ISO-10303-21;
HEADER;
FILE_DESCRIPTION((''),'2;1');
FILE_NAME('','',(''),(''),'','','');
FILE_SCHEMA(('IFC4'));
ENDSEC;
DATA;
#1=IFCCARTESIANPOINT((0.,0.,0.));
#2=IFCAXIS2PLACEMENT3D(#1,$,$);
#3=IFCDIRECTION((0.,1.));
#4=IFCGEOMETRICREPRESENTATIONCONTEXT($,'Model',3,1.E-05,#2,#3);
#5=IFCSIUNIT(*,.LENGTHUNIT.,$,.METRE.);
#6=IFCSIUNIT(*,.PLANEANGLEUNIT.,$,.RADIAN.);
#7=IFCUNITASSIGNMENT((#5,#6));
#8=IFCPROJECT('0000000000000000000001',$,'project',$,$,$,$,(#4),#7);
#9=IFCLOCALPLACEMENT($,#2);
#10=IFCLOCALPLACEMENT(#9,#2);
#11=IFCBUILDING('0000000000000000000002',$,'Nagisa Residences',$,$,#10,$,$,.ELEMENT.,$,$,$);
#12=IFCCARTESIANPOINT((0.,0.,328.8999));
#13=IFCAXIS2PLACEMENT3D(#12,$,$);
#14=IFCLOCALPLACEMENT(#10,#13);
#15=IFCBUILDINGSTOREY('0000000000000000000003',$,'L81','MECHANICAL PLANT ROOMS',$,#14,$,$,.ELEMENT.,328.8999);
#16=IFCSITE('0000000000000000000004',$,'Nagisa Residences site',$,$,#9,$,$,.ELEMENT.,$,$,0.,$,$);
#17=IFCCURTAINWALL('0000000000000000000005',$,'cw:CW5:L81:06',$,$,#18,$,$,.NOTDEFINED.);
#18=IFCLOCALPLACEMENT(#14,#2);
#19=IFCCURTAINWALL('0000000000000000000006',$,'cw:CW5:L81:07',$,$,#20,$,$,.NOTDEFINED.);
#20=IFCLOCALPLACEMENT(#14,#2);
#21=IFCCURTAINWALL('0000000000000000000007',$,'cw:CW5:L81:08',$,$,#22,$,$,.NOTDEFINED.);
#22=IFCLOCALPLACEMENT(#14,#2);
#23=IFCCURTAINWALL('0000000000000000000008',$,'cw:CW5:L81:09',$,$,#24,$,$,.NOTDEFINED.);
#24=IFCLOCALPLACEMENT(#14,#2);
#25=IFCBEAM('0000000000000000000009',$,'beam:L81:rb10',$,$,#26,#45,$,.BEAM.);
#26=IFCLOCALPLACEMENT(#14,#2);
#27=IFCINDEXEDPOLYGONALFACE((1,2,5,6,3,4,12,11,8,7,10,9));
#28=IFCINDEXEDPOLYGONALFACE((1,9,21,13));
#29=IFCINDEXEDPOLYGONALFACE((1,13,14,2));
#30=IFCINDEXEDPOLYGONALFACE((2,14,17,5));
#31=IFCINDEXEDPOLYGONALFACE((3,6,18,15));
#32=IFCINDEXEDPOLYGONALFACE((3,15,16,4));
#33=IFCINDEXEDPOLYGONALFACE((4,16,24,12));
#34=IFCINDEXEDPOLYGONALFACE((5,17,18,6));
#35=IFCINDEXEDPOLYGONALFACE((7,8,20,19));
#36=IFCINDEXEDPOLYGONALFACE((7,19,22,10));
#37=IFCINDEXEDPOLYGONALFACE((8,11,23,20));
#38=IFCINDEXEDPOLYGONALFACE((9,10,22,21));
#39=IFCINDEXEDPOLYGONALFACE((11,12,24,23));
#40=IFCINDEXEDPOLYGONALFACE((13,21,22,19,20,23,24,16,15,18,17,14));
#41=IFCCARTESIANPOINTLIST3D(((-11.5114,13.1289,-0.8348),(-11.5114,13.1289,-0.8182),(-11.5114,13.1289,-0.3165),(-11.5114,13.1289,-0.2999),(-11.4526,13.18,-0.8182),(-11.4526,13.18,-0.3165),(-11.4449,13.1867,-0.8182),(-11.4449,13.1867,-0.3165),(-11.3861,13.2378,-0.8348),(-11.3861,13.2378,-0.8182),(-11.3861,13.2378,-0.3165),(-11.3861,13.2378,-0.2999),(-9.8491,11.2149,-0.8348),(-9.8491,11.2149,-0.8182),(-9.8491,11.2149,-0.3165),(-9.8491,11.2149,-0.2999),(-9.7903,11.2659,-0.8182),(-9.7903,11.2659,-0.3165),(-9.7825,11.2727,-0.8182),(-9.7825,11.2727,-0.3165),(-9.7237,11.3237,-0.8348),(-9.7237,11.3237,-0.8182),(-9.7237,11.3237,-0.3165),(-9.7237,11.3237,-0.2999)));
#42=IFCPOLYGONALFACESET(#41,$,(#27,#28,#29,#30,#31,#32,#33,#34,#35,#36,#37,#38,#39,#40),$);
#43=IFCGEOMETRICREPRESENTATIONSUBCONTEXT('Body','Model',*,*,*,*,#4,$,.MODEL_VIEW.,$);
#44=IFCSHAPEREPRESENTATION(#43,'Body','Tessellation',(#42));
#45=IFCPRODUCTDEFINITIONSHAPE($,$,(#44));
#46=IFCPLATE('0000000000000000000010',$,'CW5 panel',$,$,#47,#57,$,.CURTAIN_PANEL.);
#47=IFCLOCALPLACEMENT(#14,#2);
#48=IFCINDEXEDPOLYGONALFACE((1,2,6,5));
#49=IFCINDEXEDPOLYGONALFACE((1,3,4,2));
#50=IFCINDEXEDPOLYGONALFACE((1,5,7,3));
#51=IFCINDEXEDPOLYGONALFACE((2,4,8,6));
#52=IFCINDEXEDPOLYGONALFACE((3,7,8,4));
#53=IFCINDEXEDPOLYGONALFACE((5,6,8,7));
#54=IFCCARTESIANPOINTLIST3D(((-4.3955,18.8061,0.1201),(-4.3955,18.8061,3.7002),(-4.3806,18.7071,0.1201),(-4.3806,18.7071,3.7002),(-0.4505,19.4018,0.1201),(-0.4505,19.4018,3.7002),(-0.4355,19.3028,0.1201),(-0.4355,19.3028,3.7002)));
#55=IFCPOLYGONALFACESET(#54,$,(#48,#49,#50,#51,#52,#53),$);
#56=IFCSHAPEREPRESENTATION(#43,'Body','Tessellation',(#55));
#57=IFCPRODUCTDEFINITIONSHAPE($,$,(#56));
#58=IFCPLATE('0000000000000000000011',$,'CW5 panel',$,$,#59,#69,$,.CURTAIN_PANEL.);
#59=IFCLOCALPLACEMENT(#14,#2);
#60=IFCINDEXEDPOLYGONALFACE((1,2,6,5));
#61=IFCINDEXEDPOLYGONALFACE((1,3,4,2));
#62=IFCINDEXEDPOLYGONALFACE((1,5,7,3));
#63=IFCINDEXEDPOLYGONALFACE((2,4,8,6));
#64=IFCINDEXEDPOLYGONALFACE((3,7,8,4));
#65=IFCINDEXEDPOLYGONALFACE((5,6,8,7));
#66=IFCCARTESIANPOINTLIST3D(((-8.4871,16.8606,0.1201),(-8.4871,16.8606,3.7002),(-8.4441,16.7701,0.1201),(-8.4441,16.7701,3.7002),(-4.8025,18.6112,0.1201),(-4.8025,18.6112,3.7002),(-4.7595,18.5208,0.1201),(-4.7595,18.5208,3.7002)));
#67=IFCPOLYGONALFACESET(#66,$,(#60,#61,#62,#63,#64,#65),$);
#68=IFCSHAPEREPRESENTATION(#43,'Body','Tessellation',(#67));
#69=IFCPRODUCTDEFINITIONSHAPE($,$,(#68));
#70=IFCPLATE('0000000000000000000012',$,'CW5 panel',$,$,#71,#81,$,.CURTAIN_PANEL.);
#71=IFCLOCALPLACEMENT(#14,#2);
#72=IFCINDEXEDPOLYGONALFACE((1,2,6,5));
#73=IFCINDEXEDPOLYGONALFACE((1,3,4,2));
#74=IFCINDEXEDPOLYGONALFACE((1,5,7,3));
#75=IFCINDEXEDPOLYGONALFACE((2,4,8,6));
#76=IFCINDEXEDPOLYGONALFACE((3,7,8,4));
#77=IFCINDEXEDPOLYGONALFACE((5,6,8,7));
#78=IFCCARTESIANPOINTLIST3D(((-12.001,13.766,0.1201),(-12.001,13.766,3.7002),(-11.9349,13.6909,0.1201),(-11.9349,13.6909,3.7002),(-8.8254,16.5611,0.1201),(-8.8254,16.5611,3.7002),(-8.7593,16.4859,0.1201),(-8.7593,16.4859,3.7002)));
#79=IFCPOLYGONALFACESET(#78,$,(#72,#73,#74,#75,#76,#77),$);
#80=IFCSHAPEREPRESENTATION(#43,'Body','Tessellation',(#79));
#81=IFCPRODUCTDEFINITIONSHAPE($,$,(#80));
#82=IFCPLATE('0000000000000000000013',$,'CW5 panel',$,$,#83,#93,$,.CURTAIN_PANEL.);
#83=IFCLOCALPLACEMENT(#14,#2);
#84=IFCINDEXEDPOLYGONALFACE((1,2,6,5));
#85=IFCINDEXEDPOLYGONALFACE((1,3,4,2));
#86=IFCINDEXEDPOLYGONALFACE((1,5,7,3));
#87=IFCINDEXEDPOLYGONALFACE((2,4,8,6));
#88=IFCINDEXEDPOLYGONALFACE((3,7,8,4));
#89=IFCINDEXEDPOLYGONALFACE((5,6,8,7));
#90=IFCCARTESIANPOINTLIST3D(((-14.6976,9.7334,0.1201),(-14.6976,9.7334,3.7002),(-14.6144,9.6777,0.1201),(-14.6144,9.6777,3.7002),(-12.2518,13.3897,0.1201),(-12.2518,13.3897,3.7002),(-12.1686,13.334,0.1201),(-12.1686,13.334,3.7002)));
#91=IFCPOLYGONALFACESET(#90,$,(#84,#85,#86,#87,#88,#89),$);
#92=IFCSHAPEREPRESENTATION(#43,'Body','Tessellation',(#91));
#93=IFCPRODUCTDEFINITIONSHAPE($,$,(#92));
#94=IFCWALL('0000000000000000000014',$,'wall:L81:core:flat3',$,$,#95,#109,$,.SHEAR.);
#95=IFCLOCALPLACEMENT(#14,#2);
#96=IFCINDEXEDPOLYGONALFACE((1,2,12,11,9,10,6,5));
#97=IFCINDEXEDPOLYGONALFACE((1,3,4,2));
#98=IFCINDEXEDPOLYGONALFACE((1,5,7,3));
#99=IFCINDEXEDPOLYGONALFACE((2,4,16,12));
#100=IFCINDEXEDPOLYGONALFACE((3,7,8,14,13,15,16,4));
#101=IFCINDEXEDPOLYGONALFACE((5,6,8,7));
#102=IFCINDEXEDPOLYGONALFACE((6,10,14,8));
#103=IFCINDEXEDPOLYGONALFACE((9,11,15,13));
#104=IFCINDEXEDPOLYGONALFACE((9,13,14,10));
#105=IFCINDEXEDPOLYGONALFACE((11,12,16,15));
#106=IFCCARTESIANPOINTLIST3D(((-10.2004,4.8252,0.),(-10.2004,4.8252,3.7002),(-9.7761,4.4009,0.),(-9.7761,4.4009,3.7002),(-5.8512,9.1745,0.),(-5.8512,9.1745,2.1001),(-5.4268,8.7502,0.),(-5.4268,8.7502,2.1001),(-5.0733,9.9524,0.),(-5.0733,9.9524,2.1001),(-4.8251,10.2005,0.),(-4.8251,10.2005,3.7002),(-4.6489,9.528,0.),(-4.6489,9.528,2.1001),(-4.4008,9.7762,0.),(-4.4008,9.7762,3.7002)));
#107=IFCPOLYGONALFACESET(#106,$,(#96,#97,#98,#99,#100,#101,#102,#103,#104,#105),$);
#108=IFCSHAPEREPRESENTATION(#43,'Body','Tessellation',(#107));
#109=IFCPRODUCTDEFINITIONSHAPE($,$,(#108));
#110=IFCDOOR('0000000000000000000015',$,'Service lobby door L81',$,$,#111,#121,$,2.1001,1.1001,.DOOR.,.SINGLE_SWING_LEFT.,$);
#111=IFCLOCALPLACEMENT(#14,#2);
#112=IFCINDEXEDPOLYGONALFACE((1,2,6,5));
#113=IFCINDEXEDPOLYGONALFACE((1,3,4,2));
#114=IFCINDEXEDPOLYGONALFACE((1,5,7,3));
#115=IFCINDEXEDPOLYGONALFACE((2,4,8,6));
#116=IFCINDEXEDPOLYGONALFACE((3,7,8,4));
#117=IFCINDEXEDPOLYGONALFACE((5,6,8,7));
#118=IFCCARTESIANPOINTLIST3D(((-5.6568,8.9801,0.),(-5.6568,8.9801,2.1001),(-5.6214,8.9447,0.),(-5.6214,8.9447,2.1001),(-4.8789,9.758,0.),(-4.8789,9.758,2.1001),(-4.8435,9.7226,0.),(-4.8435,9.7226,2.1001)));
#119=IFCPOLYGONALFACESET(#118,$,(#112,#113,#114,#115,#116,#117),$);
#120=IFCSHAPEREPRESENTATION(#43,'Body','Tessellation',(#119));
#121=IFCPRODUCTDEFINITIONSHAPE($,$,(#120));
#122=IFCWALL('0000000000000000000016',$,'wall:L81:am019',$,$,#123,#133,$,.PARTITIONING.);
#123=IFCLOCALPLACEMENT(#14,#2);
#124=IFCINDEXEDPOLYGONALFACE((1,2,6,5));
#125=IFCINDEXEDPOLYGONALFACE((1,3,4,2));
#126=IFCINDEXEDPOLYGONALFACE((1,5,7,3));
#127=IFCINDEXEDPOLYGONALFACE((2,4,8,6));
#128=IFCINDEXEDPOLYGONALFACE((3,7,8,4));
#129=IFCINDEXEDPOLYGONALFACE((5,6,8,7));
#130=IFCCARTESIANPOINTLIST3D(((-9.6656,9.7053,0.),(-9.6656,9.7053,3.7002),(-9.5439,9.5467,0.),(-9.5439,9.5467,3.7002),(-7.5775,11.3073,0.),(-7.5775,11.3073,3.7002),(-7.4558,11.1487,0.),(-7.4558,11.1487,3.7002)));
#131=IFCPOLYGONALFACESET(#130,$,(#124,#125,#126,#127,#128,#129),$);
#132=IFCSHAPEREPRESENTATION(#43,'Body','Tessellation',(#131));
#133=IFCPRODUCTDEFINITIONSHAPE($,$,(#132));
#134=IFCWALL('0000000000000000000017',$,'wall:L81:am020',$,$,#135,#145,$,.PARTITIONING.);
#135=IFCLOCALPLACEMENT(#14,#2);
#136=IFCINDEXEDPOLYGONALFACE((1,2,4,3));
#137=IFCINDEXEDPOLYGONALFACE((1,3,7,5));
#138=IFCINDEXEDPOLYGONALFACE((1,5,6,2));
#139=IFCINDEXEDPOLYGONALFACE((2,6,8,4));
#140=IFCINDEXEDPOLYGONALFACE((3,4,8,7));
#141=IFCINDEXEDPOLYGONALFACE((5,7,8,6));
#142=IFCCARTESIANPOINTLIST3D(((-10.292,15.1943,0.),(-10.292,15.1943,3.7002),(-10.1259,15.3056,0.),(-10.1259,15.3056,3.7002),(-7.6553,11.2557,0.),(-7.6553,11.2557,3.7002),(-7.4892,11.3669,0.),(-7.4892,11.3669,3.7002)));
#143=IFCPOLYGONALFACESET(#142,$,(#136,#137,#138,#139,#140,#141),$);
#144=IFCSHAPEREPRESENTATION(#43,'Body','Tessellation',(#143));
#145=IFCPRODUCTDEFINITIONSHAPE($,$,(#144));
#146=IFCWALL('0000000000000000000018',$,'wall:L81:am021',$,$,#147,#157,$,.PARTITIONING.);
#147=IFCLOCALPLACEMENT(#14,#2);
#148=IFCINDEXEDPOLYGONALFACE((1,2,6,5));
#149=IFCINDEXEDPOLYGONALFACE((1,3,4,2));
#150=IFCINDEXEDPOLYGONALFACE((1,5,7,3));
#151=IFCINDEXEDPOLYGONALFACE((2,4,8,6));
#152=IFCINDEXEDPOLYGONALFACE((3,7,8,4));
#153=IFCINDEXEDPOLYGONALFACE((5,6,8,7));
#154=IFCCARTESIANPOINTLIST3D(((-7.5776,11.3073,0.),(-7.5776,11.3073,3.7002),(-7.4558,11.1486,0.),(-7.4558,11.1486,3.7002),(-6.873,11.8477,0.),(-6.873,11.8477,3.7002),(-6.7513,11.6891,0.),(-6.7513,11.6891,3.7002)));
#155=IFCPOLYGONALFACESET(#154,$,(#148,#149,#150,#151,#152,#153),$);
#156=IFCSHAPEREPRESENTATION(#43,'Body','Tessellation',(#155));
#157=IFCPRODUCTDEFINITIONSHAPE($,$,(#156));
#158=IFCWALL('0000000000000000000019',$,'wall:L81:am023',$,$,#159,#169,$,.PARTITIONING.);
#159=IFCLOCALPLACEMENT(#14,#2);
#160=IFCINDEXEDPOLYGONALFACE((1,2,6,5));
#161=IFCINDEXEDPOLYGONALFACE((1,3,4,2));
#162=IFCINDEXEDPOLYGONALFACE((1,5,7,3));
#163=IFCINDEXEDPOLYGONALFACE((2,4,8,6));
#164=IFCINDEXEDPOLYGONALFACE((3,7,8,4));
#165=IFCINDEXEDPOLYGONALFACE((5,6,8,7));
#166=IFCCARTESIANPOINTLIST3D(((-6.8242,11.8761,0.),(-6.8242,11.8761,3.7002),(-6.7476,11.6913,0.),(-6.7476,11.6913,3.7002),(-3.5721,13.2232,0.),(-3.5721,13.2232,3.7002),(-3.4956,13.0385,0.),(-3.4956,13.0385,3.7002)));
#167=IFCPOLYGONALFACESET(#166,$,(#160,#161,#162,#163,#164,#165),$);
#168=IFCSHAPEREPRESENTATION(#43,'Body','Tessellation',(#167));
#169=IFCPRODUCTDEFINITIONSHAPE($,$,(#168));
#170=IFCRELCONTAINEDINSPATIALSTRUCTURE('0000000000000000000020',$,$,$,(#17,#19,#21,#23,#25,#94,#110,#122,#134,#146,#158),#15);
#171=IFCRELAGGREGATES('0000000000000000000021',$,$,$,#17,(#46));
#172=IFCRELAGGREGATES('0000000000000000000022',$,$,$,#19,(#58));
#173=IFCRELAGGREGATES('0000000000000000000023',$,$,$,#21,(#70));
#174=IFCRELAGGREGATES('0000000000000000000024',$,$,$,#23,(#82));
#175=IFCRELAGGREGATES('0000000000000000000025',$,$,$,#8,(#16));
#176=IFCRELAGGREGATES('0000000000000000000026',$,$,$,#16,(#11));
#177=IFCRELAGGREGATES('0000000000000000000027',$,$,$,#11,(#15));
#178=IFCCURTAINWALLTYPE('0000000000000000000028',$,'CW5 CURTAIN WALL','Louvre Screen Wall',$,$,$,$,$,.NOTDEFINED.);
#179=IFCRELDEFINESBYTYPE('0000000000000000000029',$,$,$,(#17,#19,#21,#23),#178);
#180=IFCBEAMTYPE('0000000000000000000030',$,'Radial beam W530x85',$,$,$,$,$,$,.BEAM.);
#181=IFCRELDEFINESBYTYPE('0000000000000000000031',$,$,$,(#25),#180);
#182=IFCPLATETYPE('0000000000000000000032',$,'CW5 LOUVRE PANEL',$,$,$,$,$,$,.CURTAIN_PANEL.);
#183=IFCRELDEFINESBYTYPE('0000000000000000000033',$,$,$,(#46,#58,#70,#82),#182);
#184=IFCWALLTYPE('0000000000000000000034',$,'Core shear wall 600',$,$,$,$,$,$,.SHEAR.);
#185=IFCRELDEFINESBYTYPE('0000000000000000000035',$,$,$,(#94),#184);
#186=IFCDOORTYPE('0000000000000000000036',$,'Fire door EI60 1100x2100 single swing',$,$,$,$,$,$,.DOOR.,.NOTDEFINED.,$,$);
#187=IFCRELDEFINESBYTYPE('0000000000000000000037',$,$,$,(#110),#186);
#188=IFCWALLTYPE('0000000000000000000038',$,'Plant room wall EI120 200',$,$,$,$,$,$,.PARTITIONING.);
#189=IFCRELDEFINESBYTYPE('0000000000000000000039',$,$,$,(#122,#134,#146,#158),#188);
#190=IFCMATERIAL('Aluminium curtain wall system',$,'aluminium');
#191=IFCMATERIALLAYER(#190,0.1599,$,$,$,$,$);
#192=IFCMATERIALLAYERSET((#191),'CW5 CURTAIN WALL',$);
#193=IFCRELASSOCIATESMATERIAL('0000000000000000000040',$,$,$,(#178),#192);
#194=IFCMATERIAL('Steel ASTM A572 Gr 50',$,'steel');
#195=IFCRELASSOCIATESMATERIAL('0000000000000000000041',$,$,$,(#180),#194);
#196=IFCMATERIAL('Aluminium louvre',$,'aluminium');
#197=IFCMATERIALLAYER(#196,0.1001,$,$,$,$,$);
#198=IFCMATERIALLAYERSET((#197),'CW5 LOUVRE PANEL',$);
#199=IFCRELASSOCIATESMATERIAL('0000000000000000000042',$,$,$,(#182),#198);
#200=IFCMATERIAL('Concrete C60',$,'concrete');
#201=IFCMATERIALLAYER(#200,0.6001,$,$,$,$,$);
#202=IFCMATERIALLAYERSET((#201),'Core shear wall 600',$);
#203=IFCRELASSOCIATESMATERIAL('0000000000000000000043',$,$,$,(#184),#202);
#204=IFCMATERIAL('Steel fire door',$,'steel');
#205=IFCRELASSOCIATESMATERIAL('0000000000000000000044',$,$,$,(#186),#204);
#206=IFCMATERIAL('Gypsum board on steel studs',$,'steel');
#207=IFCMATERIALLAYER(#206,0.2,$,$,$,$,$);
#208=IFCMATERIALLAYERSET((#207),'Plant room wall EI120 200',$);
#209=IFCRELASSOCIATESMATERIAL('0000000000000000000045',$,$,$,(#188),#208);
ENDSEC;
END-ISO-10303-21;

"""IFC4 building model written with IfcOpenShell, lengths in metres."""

from ifc_helpers import new_model, si_unit, direction, frame, frame_2d, origin, origin_2d, place, context, subcontext, project, spatial, rectangle, i_section, extrude, material, layer, layer_set, material_profile, profile_set, type_object, element, fill, aggregate, save


model = new_model("IFC4")

# Units and contexts
model_context = context("Model", 3, precision=1e-05, world=origin(), true_north=direction((0.0, 1.0)))
body_context = subcontext(model_context, "Body", "Model", "MODEL_VIEW")
ifc_project = project(units=[si_unit("LENGTHUNIT", "METRE"), si_unit("PLANEANGLEUNIT", "RADIAN")], contexts=[model_context])

# Site, building, storey
site_placement = place(None, origin())
site = spatial("IfcSite", under=ifc_project, at=site_placement, Name="Nagisa Residences site", CompositionType="ELEMENT", RefElevation=0.0)
building_placement = place(site_placement, origin())
building = spatial("IfcBuilding", under=site, at=building_placement, Name="Nagisa Residences", CompositionType="ELEMENT")
storey_placement = place(building_placement, frame((0.0, 0.0, 328.8999)))
storey = spatial("IfcBuildingStorey", under=building, at=storey_placement, Name="L81", Description="MECHANICAL PLANT ROOMS", CompositionType="ELEMENT", Elevation=328.8999)

# Curtain walls
ifc_material_1 = material(Name="Aluminium curtain wall system", Category="aluminium")
ifc_layer_1 = layer(ifc_material_1, 0.1599)
ifc_layer_set_1 = layer_set([ifc_layer_1], Name="CW5 CURTAIN WALL")
curtain_wall_type = type_object("IfcCurtainWallType", Name="CW5 CURTAIN WALL", Description="Louvre Screen Wall", PredefinedType="NOTDEFINED", material=ifc_layer_set_1)
curtain_wall_1_placement = place(storey_placement, origin())
curtain_wall_1 = element("IfcCurtainWall", 1, at=curtain_wall_1_placement, inside=storey, type_object=curtain_wall_type, Name="cw:CW5:L81:06", PredefinedType="NOTDEFINED")
curtain_wall_2_placement = place(storey_placement, origin())
curtain_wall_2 = element("IfcCurtainWall", 2, at=curtain_wall_2_placement, inside=storey, type_object=curtain_wall_type, Name="cw:CW5:L81:07", PredefinedType="NOTDEFINED")
curtain_wall_3_placement = place(storey_placement, origin())
curtain_wall_3 = element("IfcCurtainWall", 3, at=curtain_wall_3_placement, inside=storey, type_object=curtain_wall_type, Name="cw:CW5:L81:08", PredefinedType="NOTDEFINED")
curtain_wall_4_placement = place(storey_placement, origin())
curtain_wall_4 = element("IfcCurtainWall", 4, at=curtain_wall_4_placement, inside=storey, type_object=curtain_wall_type, Name="cw:CW5:L81:09", PredefinedType="NOTDEFINED")

# Beam
ifc_material_2 = material(Name="Steel ASTM A572 Gr 50", Category="steel")
ifc_material_profile_1 = material_profile(ifc_material_2, i_section(OverallWidth=0.166, OverallDepth=0.5349, WebThickness=0.0103, FlangeThickness=0.0166, at=origin_2d()), Name="W530x85")
ifc_profile_set_1 = profile_set([ifc_material_profile_1], Name="Steel ASTM A572 Gr 50")
beam_type_1 = type_object("IfcBeamType", Name="Radial beam W530x85", PredefinedType="BEAM", material=ifc_profile_set_1)
beam_1_placement = place(storey_placement, frame((-11.4487, 13.1833, -0.5674), z_axis=(0.655718, -0.755006, 0.0), x_axis=(0.755006, 0.655718, 0.0)))
element("IfcBeam", 5, at=beam_1_placement, inside=storey, type_object=beam_type_1, Name="beam:L81:rb10", PredefinedType="BEAM", context=body_context, shape_type="SweptSolid", body=[
    extrude(i_section(OverallWidth=0.166, OverallDepth=0.5349, WebThickness=0.0103, FlangeThickness=0.0166, at=origin_2d()), origin(), (0.0, 0.0, 1.0), 2.5352),
])

# Plates
ifc_material_3 = material(Name="Aluminium louvre", Category="aluminium")
ifc_layer_2 = layer(ifc_material_3, 0.1001)
ifc_layer_set_2 = layer_set([ifc_layer_2], Name="CW5 LOUVRE PANEL")
plate_type = type_object("IfcPlateType", Name="CW5 LOUVRE PANEL", PredefinedType="CURTAIN_PANEL", material=ifc_layer_set_2)
plate_1_placement = place(storey_placement, frame((-2.4155, 19.0544, 0.1201), z_axis=(0.0, 0.0, 1.0), x_axis=(-0.988789, -0.14932, 0.0)))
plate_1 = element("IfcPlate", 6, at=plate_1_placement, type_object=plate_type, Name="CW5 panel", PredefinedType="CURTAIN_PANEL", context=body_context, shape_type="SweptSolid", body=[
    extrude(rectangle(XDim=3.9897, YDim=0.1001, at=origin_2d()), origin(), (0.0, 0.0, 1.0), 3.5801),
])
aggregate(curtain_wall_1, [plate_1])
plate_2_placement = place(storey_placement, frame((-6.6233, 17.6907, 0.1201), z_axis=(0.0, 0.0, 1.0), x_axis=(-0.903233, -0.429151, 0.0)))
plate_2 = element("IfcPlate", 7, at=plate_2_placement, type_object=plate_type, Name="CW5 panel", PredefinedType="CURTAIN_PANEL", context=body_context, shape_type="SweptSolid", body=[
    extrude(rectangle(XDim=4.0793, YDim=0.1001, at=origin_2d()), origin(), (0.0, 0.0, 1.0), 3.5801),
])
aggregate(curtain_wall_2, [plate_2])
plate_3_placement = place(storey_placement, frame((-10.3801, 15.126, 0.1201), z_axis=(0.0, 0.0, 1.0), x_axis=(-0.750651, -0.660699, 0.0)))
plate_3 = element("IfcPlate", 8, at=plate_3_placement, type_object=plate_type, Name="CW5 panel", PredefinedType="CURTAIN_PANEL", context=body_context, shape_type="SweptSolid", body=[
    extrude(rectangle(XDim=4.2305, YDim=0.1001, at=origin_2d()), origin(), (0.0, 0.0, 1.0), 3.5801),
])
aggregate(curtain_wall_3, [plate_3])
plate_4_placement = place(storey_placement, frame((-13.4331, 11.5337, 0.1201), z_axis=(0.0, 0.0, 1.0), x_axis=(-0.556014, -0.831173, 0.0)))
plate_4 = element("IfcPlate", 9, at=plate_4_placement, type_object=plate_type, Name="CW5 panel", PredefinedType="CURTAIN_PANEL", context=body_context, shape_type="SweptSolid", body=[
    extrude(rectangle(XDim=4.3989, YDim=0.1001, at=origin_2d()), origin(), (0.0, 0.0, 1.0), 3.5801),
])
aggregate(curtain_wall_4, [plate_4])

# Wall, opening, door
ifc_material_4 = material(Name="Concrete C60", Category="concrete")
ifc_layer_3 = layer(ifc_material_4, 0.6001)
ifc_layer_set_3 = layer_set([ifc_layer_3], Name="Core shear wall 600")
wall_type_1 = type_object("IfcWallType", Name="Core shear wall 600", PredefinedType="SHEAR", material=ifc_layer_set_3)
wall_1_placement = place(storey_placement, frame((-4.613, 9.9883, 0.0), z_axis=(0.0, 0.0, 1.0), x_axis=(-0.707107, -0.707107, 0.0)))
wall_1 = element("IfcWall", 10, at=wall_1_placement, inside=storey, type_object=wall_type_1, Name="wall:L81:core:flat3", PredefinedType="SHEAR", context=body_context, shape_type="SweptSolid", body=[
    extrude(rectangle(XDim=7.6018, YDim=0.6001, at=frame_2d((3.8008, 0.0))), origin(), (0.0, 0.0, 1.0), 3.7002),
])
opening_1_placement = place(wall_1_placement, frame((0.3508, 0.0, 0.0)))
opening_1 = element("IfcOpeningElement", 11, at=opening_1_placement, cuts=wall_1, PredefinedType="OPENING", context=body_context, shape_type="SweptSolid", body=[
    extrude(rectangle(XDim=1.1001, YDim=2.1001, at=frame_2d((0.55, 1.05))), frame((0.0, 0.3101, 0.0), z_axis=(0.0, -1.0, 0.0), x_axis=(1.0, 0.0, 0.0)), (0.0, 0.0, 1.0), 0.6201),
])
ifc_material_5 = material(Name="Steel fire door", Category="steel")
door_type_1 = type_object("IfcDoorType", Name="Fire door EI60 1100x2100 single swing", OperationType="NOTDEFINED", PredefinedType="DOOR", material=ifc_material_5)
door_1_placement = place(opening_1_placement, origin())
door_1 = element("IfcDoor", 12, at=door_1_placement, inside=storey, type_object=door_type_1, Name="Service lobby door L81", OperationType="SINGLE_SWING_LEFT", OverallHeight=2.1001, OverallWidth=1.1001, PredefinedType="DOOR", context=body_context, shape_type="SweptSolid", body=[
    extrude(rectangle(XDim=1.1001, YDim=2.1001, at=frame_2d((0.55, 1.05))), frame((0.0, 0.0249, 0.0), z_axis=(0.0, -1.0, 0.0), x_axis=(1.0, 0.0, 0.0)), (0.0, 0.0, 1.0), 0.05),
])
fill(opening_1, door_1)

# Walls
ifc_material_6 = material(Name="Gypsum board on steel studs", Category="steel")
ifc_layer_4 = layer(ifc_material_6, 0.2)
ifc_layer_set_4 = layer_set([ifc_layer_4], Name="Plant room wall EI120 200")
wall_type_2 = type_object("IfcWallType", Name="Plant room wall EI120 200", PredefinedType="PARTITIONING", material=ifc_layer_set_4)
wall_2_placement = place(storey_placement, frame((-9.6047, 9.626, 0.0), z_axis=(0.0, 0.0, 1.0), x_axis=(0.793396, 0.608706, 0.0)))
element("IfcWall", 13, at=wall_2_placement, inside=storey, type_object=wall_type_2, Name="wall:L81:am019", PredefinedType="PARTITIONING", context=body_context, shape_type="SweptSolid", body=[
    extrude(rectangle(XDim=2.6318, YDim=0.2, at=frame_2d((1.3159, 0.0))), origin(), (0.0, 0.0, 1.0), 3.7002),
])
wall_3_placement = place(storey_placement, frame((-7.5723, 11.3113, 0.0), z_axis=(0.0, 0.0, 1.0), x_axis=(-0.556292, 0.830987, 0.0)))
element("IfcWall", 14, at=wall_3_placement, inside=storey, type_object=wall_type_2, Name="wall:L81:am020", PredefinedType="PARTITIONING", context=body_context, shape_type="SweptSolid", body=[
    extrude(rectangle(XDim=4.7397, YDim=0.2, at=frame_2d((2.3699, 0.0))), origin(), (0.0, 0.0, 1.0), 3.7002),
])
wall_4_placement = place(storey_placement, frame((-7.5166, 11.228, 0.0), z_axis=(0.0, 0.0, 1.0), x_axis=(0.79342, 0.608674, 0.0)))
element("IfcWall", 15, at=wall_4_placement, inside=storey, type_object=wall_type_2, Name="wall:L81:am021", PredefinedType="PARTITIONING", context=body_context, shape_type="SweptSolid", body=[
    extrude(rectangle(XDim=0.8879, YDim=0.2, at=frame_2d((0.4438, 0.0))), origin(), (0.0, 0.0, 1.0), 3.7002),
])
wall_5_placement = place(storey_placement, frame((-6.7859, 11.7837, 0.0), z_axis=(0.0, 0.0, 1.0), x_axis=(0.923863, 0.382723, 0.0)))
element("IfcWall", 16, at=wall_5_placement, inside=storey, type_object=wall_type_2, Name="wall:L81:am023", PredefinedType="PARTITIONING", context=body_context, shape_type="SweptSolid", body=[
    extrude(rectangle(XDim=3.52, YDim=0.2, at=frame_2d((1.76, 0.0))), origin(), (0.0, 0.0, 1.0), 3.7002),
])

save(model, "model.ifc")
